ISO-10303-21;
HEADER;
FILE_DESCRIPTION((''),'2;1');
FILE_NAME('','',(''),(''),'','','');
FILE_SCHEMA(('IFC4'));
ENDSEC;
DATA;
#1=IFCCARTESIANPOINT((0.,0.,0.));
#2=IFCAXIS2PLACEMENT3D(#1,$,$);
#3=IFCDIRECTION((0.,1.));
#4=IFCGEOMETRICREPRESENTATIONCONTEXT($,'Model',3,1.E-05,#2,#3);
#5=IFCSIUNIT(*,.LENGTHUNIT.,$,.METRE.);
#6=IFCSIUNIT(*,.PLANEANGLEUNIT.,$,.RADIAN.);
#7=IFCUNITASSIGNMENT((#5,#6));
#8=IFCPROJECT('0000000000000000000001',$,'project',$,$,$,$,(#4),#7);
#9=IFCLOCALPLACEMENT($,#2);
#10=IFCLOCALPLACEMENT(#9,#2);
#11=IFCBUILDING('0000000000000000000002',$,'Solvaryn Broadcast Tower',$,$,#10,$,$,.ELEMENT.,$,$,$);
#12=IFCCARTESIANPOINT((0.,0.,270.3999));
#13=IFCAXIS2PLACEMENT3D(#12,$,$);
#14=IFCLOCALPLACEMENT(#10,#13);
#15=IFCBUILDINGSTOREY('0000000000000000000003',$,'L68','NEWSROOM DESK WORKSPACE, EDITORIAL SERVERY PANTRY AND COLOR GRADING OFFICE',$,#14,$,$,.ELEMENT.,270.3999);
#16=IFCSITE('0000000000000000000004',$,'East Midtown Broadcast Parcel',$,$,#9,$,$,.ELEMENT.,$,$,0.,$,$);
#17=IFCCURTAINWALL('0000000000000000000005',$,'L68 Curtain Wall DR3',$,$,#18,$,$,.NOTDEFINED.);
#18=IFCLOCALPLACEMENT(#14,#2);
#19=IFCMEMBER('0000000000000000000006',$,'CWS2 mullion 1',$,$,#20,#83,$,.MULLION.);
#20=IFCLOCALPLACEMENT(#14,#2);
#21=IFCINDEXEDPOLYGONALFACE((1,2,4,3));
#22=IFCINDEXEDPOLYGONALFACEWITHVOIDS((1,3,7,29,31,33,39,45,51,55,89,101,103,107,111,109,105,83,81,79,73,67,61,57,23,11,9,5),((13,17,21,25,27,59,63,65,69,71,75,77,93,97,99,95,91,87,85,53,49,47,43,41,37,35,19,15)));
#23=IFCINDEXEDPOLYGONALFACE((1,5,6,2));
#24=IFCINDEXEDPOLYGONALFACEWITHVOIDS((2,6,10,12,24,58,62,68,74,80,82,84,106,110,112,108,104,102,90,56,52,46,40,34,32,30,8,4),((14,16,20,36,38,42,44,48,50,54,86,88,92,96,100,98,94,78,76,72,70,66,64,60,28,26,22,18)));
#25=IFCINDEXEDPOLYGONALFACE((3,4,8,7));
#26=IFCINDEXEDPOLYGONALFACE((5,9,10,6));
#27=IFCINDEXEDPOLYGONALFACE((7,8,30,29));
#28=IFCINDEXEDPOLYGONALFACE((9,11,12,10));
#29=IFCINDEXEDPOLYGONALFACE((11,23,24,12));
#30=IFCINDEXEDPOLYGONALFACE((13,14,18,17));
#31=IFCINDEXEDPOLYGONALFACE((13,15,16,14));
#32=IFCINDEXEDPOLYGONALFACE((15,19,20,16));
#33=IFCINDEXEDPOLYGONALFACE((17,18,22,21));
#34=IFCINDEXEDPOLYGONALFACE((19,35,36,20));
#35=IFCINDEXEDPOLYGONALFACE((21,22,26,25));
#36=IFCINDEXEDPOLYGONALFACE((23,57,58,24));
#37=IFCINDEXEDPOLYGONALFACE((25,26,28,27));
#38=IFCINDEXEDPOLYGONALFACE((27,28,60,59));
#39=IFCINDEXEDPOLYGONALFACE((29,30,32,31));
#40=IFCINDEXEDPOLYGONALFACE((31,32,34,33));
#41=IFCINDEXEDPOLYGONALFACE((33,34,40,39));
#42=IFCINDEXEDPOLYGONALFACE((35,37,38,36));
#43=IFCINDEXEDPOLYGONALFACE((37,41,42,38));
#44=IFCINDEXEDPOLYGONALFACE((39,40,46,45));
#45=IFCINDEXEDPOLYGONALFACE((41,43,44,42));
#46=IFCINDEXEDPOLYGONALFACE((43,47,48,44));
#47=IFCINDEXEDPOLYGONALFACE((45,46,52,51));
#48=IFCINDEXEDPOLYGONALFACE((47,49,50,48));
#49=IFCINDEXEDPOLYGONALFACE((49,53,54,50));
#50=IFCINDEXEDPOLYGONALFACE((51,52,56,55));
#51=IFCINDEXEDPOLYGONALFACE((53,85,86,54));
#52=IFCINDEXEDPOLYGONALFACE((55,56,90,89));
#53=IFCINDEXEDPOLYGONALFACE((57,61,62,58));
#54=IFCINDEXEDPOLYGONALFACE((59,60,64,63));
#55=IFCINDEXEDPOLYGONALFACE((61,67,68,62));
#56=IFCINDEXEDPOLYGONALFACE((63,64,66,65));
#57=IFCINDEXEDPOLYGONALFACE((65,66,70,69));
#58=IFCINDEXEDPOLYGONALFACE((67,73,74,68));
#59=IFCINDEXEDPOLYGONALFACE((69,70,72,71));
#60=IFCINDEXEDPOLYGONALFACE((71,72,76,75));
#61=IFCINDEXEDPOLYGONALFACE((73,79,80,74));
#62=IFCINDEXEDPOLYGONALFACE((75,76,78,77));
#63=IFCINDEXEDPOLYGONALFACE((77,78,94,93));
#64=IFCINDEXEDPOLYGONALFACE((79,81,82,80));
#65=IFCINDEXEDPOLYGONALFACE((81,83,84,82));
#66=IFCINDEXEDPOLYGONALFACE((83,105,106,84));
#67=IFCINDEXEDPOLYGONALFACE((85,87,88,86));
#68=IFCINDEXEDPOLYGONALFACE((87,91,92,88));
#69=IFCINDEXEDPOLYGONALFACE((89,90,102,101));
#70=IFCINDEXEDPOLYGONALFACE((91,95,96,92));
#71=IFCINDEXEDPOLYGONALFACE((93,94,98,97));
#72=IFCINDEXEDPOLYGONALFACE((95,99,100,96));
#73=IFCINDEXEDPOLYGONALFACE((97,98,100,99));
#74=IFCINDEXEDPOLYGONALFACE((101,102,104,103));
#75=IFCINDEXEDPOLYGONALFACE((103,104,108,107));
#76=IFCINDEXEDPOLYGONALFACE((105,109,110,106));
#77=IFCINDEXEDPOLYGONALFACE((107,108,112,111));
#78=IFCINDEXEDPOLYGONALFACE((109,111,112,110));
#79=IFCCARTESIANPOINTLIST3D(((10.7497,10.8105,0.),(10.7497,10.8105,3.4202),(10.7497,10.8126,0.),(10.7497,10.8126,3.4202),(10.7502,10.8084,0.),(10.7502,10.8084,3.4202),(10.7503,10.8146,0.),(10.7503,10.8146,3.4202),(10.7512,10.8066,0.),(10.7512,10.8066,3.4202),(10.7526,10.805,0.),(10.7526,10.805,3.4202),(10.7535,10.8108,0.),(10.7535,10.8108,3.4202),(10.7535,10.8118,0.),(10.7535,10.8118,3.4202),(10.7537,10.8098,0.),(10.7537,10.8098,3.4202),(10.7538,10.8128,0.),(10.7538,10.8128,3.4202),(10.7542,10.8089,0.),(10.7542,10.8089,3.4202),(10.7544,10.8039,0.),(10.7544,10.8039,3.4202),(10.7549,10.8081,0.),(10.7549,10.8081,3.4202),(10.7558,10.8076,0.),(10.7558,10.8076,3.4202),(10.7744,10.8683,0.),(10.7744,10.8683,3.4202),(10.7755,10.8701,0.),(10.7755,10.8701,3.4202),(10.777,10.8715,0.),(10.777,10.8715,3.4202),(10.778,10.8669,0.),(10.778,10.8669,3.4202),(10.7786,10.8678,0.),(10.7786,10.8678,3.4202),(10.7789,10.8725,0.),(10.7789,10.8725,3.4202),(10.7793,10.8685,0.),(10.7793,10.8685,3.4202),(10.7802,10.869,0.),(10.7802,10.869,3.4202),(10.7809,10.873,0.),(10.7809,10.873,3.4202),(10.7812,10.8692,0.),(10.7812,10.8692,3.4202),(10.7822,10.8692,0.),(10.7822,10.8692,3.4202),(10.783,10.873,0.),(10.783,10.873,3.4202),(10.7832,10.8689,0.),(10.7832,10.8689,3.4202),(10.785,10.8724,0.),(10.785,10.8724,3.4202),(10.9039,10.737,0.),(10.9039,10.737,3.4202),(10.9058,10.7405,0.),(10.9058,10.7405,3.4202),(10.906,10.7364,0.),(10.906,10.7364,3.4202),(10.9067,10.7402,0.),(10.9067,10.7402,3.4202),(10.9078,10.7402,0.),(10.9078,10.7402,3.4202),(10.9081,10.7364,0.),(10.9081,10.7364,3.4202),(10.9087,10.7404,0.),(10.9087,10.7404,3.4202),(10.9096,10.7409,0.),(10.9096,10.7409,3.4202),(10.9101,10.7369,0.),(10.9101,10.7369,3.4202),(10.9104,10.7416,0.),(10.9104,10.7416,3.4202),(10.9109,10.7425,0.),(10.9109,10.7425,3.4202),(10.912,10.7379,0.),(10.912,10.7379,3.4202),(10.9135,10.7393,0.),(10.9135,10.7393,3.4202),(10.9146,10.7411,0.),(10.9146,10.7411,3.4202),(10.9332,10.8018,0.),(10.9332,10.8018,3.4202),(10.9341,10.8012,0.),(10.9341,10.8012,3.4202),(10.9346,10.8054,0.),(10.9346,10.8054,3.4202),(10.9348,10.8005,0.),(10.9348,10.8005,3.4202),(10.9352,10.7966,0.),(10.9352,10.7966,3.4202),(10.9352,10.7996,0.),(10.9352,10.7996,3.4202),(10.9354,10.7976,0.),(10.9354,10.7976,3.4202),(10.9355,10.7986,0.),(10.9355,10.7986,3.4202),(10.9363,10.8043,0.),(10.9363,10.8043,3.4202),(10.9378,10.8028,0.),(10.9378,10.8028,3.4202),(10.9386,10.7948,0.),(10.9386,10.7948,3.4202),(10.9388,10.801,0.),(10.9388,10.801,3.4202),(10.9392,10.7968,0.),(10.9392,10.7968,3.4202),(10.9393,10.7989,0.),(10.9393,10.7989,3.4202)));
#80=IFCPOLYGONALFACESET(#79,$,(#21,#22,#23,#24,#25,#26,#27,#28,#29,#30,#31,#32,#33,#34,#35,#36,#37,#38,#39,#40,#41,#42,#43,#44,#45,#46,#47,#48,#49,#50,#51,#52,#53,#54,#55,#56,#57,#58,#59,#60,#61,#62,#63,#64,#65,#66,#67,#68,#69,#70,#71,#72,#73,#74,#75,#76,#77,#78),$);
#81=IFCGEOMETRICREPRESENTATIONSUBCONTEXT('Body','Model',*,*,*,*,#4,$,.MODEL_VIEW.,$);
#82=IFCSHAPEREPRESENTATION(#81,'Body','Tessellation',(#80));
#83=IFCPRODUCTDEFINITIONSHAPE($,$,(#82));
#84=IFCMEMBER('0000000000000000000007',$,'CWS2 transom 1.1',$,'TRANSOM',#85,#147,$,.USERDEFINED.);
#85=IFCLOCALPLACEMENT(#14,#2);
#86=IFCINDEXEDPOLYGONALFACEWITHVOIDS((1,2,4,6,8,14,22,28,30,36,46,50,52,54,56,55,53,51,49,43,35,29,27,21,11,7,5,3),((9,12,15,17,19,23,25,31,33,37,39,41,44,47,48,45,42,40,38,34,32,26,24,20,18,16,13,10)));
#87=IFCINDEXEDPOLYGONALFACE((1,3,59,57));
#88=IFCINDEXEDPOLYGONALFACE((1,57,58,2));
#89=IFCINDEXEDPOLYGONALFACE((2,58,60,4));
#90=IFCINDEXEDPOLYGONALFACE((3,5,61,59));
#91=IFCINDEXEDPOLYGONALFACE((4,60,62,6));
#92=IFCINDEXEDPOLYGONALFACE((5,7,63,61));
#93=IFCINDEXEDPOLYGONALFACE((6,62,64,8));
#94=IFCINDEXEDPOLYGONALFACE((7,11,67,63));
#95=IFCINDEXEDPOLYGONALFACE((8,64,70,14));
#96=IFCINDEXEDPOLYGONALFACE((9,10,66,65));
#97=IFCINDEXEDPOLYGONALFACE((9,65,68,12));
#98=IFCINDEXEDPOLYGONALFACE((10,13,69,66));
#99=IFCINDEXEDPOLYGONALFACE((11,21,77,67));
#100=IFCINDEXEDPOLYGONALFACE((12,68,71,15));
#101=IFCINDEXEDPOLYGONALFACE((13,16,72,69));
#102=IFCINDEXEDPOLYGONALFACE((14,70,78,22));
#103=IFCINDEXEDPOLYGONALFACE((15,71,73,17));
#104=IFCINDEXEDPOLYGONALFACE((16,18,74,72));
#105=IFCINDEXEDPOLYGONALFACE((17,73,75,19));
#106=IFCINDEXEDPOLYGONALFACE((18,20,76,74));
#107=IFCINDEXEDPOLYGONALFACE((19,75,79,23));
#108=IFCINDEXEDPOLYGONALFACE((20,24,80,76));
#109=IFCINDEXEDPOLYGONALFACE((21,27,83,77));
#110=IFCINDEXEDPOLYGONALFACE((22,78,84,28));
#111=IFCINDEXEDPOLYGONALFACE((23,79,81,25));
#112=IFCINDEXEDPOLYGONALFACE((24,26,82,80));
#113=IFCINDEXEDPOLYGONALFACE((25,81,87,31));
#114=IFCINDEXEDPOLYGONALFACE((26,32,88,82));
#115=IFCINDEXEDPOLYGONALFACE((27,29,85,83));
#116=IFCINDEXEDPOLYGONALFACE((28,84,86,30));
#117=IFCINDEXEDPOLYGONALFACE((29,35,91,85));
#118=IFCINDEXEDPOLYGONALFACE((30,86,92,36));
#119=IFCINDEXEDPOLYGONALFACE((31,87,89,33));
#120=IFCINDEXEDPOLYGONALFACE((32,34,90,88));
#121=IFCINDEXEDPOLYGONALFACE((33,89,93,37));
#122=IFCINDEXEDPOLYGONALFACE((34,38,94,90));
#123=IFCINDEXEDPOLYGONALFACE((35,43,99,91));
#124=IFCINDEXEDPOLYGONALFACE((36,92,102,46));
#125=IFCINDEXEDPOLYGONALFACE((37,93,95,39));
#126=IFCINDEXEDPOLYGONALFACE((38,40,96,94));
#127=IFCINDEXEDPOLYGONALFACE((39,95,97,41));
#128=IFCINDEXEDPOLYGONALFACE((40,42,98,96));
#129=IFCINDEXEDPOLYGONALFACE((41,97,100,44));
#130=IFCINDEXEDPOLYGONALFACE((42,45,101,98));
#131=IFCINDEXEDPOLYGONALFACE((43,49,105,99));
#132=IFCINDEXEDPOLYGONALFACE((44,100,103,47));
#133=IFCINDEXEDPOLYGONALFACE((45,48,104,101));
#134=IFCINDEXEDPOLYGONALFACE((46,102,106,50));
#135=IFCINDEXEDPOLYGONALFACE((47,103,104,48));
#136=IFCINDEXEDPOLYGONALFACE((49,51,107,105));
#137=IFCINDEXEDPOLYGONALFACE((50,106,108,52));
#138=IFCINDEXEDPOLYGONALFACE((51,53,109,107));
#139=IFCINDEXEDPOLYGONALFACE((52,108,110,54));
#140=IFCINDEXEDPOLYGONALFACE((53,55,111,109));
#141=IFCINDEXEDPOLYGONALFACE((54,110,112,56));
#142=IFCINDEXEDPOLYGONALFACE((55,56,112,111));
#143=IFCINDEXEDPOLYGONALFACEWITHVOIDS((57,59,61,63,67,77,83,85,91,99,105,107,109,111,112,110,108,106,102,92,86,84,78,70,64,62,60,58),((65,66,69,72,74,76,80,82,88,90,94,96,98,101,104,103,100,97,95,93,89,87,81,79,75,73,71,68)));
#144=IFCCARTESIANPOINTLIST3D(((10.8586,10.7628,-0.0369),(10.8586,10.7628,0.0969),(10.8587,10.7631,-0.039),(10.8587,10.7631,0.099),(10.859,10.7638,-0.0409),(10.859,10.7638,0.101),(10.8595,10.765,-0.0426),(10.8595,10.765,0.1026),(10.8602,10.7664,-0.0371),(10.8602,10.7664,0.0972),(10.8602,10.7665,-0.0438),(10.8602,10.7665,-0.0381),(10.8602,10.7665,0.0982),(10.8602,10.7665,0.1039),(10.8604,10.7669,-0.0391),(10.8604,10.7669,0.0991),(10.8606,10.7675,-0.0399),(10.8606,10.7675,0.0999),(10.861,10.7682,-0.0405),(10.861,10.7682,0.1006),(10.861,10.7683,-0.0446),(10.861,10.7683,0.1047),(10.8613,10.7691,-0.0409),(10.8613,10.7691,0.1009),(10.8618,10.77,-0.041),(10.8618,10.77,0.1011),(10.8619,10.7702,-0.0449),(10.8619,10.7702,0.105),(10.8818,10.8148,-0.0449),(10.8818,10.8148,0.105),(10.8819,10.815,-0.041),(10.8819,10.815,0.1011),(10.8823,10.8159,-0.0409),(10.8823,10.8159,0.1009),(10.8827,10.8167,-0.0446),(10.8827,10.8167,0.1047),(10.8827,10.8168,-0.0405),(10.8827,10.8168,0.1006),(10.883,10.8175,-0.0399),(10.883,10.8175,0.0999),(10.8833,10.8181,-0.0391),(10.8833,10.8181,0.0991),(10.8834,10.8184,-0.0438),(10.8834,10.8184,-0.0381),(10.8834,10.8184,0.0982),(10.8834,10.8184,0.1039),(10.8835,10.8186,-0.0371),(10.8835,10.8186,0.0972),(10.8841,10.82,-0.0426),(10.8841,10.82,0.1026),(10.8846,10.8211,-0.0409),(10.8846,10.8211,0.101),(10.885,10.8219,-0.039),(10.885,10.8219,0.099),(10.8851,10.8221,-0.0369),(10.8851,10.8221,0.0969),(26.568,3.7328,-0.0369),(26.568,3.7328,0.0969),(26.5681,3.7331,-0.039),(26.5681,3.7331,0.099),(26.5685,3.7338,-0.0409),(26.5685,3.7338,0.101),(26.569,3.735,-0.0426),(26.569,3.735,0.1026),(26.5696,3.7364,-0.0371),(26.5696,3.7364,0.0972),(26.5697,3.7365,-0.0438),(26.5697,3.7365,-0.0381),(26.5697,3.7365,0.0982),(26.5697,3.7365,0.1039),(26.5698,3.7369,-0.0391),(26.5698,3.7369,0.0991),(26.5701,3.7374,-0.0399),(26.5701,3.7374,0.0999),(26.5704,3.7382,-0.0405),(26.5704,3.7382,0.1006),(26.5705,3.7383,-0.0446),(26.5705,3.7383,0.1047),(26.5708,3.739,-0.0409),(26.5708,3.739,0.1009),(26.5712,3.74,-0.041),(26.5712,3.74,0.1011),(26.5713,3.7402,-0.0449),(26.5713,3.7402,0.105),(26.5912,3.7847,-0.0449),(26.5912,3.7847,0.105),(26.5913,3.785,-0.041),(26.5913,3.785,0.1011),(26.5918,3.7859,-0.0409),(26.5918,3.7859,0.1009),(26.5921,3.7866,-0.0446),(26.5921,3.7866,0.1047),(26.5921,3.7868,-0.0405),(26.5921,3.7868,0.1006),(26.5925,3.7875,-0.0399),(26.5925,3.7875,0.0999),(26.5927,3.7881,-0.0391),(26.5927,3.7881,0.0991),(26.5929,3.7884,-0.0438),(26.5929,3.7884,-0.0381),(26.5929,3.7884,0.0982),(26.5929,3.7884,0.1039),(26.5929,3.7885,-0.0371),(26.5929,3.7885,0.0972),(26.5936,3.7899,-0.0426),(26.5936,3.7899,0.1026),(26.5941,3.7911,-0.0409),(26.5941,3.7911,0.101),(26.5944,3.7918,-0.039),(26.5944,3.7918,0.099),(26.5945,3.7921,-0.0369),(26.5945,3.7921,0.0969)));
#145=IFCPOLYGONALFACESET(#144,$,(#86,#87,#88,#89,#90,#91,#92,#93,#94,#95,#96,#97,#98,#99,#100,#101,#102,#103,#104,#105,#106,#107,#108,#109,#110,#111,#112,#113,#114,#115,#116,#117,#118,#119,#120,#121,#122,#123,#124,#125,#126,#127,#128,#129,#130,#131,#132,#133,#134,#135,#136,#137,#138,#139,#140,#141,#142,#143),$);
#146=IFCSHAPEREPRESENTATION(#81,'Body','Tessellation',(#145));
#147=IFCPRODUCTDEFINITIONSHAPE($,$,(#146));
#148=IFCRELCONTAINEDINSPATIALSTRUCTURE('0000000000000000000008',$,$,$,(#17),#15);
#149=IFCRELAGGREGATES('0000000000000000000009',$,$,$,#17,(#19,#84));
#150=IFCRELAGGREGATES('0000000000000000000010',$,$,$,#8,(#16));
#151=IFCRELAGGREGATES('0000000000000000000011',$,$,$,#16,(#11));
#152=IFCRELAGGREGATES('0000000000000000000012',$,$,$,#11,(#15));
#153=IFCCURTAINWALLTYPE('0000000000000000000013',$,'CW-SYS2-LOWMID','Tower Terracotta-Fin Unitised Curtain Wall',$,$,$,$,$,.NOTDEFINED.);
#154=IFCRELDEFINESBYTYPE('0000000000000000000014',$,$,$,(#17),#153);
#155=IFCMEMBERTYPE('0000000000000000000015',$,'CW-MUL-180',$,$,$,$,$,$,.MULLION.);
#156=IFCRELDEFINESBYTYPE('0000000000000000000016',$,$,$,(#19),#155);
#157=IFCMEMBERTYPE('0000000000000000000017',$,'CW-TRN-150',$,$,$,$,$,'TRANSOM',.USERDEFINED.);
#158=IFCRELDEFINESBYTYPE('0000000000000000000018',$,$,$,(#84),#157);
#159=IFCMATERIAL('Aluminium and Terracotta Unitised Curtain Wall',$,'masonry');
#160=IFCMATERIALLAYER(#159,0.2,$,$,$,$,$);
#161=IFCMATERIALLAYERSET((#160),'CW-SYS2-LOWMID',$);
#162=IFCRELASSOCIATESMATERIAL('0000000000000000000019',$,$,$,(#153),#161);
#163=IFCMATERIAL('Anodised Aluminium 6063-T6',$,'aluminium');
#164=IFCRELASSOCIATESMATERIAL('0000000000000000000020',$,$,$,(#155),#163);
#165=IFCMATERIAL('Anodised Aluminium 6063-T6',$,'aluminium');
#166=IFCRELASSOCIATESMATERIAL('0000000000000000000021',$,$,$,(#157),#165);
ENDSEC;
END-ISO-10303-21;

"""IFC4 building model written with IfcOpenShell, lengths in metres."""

from ifc_helpers import new_model, si_unit, direction, frame, origin, origin_2d, place, context, subcontext, project, spatial, hollow_rectangle, extrude, material, layer, layer_set, material_profile, profile_set, type_object, element, aggregate, save


model = new_model("IFC4")

# Units and contexts
model_context = context("Model", 3, precision=1e-05, world=origin(), true_north=direction((0.0, 1.0)))
body_context = subcontext(model_context, "Body", "Model", "MODEL_VIEW")
ifc_project = project(units=[si_unit("LENGTHUNIT", "METRE"), si_unit("PLANEANGLEUNIT", "RADIAN")], contexts=[model_context])

# Site, building, storey
site_placement = place(None, origin())
site = spatial("IfcSite", under=ifc_project, at=site_placement, Name="East Midtown Broadcast Parcel", CompositionType="ELEMENT", RefElevation=0.0)
building_placement = place(site_placement, origin())
building = spatial("IfcBuilding", under=site, at=building_placement, Name="Solvaryn Broadcast Tower", CompositionType="ELEMENT")
storey_placement = place(building_placement, frame((0.0, 0.0, 270.3999)))
storey = spatial("IfcBuildingStorey", under=building, at=storey_placement, Name="L68", Description="NEWSROOM DESK WORKSPACE, EDITORIAL SERVERY PANTRY AND COLOR GRADING OFFICE", CompositionType="ELEMENT", Elevation=270.3999)

# Shared definitions
ifc_material_1 = material(Name="Aluminium and Terracotta Unitised Curtain Wall", Category="masonry")
ifc_layer_1 = layer(ifc_material_1, 0.2)
ifc_layer_set_1 = layer_set([ifc_layer_1], Name="CW-SYS2-LOWMID")
curtain_wall_type = type_object("IfcCurtainWallType", Name="CW-SYS2-LOWMID", Description="Tower Terracotta-Fin Unitised Curtain Wall", PredefinedType="NOTDEFINED", material=ifc_layer_set_1)
ifc_material_2 = material(Name="Anodised Aluminium 6063-T6", Category="aluminium")
ifc_material_profile_1 = material_profile(ifc_material_2, hollow_rectangle(XDim=0.075, YDim=0.1799, WallThickness=0.0039, InnerFilletRadius=0.0039, OuterFilletRadius=0.0081, at=origin_2d()))
ifc_profile_set_1 = profile_set([ifc_material_profile_1], Name="Anodised Aluminium 6063-T6")
member_type_1 = type_object("IfcMemberType", Name="CW-MUL-180", PredefinedType="MULLION", material=ifc_profile_set_1)

# Curtain wall, members
curtain_wall_1_placement = place(storey_placement, origin())
curtain_wall_1 = element("IfcCurtainWall", 1, at=curtain_wall_1_placement, inside=storey, type_object=curtain_wall_type, Name="L68 Curtain Wall DR3", PredefinedType="NOTDEFINED")
member_1_placement = place(storey_placement, frame((10.8445, 10.8047, 0.0), z_axis=(0.0, 0.0, 1.0), x_axis=(0.408466, 0.912774, 0.0)))
member_1 = element("IfcMember", 2, at=member_1_placement, type_object=member_type_1, Name="CWS2 mullion 1", PredefinedType="MULLION", context=body_context, shape_type="SweptSolid", body=[
    extrude(hollow_rectangle(XDim=0.075, YDim=0.1799, WallThickness=0.0039, InnerFilletRadius=0.0039, OuterFilletRadius=0.0081, at=origin_2d()), origin(), (0.0, 0.0, 1.0), 3.4202),
])
ifc_material_3 = material(Name="Anodised Aluminium 6063-T6", Category="aluminium")
ifc_material_profile_2 = material_profile(ifc_material_3, hollow_rectangle(XDim=0.0649, YDim=0.1499, WallThickness=0.0039, InnerFilletRadius=0.0039, OuterFilletRadius=0.0081, at=origin_2d()))
ifc_profile_set_2 = profile_set([ifc_material_profile_2], Name="Anodised Aluminium 6063-T6")
member_type_2 = type_object("IfcMemberType", Name="CW-TRN-150", ElementType="TRANSOM", PredefinedType="USERDEFINED", material=ifc_profile_set_2)
member_2_placement = place(storey_placement, frame((10.8718, 10.7925, 0.03), z_axis=(0.912773, -0.408468, 0.0), x_axis=(0.408468, 0.912773, 0.0)))
member_2 = element("IfcMember", 3, at=member_2_placement, type_object=member_type_2, Name="CWS2 transom 1.1", ObjectType="TRANSOM", PredefinedType="USERDEFINED", context=body_context, shape_type="SweptSolid", body=[
    extrude(hollow_rectangle(XDim=0.0649, YDim=0.1499, WallThickness=0.0039, InnerFilletRadius=0.0039, OuterFilletRadius=0.0081, at=origin_2d()), origin(), (0.0, 0.0, 1.0), 17.2107),
])
aggregate(curtain_wall_1, [member_1, member_2])

save(model, "model.ifc")
